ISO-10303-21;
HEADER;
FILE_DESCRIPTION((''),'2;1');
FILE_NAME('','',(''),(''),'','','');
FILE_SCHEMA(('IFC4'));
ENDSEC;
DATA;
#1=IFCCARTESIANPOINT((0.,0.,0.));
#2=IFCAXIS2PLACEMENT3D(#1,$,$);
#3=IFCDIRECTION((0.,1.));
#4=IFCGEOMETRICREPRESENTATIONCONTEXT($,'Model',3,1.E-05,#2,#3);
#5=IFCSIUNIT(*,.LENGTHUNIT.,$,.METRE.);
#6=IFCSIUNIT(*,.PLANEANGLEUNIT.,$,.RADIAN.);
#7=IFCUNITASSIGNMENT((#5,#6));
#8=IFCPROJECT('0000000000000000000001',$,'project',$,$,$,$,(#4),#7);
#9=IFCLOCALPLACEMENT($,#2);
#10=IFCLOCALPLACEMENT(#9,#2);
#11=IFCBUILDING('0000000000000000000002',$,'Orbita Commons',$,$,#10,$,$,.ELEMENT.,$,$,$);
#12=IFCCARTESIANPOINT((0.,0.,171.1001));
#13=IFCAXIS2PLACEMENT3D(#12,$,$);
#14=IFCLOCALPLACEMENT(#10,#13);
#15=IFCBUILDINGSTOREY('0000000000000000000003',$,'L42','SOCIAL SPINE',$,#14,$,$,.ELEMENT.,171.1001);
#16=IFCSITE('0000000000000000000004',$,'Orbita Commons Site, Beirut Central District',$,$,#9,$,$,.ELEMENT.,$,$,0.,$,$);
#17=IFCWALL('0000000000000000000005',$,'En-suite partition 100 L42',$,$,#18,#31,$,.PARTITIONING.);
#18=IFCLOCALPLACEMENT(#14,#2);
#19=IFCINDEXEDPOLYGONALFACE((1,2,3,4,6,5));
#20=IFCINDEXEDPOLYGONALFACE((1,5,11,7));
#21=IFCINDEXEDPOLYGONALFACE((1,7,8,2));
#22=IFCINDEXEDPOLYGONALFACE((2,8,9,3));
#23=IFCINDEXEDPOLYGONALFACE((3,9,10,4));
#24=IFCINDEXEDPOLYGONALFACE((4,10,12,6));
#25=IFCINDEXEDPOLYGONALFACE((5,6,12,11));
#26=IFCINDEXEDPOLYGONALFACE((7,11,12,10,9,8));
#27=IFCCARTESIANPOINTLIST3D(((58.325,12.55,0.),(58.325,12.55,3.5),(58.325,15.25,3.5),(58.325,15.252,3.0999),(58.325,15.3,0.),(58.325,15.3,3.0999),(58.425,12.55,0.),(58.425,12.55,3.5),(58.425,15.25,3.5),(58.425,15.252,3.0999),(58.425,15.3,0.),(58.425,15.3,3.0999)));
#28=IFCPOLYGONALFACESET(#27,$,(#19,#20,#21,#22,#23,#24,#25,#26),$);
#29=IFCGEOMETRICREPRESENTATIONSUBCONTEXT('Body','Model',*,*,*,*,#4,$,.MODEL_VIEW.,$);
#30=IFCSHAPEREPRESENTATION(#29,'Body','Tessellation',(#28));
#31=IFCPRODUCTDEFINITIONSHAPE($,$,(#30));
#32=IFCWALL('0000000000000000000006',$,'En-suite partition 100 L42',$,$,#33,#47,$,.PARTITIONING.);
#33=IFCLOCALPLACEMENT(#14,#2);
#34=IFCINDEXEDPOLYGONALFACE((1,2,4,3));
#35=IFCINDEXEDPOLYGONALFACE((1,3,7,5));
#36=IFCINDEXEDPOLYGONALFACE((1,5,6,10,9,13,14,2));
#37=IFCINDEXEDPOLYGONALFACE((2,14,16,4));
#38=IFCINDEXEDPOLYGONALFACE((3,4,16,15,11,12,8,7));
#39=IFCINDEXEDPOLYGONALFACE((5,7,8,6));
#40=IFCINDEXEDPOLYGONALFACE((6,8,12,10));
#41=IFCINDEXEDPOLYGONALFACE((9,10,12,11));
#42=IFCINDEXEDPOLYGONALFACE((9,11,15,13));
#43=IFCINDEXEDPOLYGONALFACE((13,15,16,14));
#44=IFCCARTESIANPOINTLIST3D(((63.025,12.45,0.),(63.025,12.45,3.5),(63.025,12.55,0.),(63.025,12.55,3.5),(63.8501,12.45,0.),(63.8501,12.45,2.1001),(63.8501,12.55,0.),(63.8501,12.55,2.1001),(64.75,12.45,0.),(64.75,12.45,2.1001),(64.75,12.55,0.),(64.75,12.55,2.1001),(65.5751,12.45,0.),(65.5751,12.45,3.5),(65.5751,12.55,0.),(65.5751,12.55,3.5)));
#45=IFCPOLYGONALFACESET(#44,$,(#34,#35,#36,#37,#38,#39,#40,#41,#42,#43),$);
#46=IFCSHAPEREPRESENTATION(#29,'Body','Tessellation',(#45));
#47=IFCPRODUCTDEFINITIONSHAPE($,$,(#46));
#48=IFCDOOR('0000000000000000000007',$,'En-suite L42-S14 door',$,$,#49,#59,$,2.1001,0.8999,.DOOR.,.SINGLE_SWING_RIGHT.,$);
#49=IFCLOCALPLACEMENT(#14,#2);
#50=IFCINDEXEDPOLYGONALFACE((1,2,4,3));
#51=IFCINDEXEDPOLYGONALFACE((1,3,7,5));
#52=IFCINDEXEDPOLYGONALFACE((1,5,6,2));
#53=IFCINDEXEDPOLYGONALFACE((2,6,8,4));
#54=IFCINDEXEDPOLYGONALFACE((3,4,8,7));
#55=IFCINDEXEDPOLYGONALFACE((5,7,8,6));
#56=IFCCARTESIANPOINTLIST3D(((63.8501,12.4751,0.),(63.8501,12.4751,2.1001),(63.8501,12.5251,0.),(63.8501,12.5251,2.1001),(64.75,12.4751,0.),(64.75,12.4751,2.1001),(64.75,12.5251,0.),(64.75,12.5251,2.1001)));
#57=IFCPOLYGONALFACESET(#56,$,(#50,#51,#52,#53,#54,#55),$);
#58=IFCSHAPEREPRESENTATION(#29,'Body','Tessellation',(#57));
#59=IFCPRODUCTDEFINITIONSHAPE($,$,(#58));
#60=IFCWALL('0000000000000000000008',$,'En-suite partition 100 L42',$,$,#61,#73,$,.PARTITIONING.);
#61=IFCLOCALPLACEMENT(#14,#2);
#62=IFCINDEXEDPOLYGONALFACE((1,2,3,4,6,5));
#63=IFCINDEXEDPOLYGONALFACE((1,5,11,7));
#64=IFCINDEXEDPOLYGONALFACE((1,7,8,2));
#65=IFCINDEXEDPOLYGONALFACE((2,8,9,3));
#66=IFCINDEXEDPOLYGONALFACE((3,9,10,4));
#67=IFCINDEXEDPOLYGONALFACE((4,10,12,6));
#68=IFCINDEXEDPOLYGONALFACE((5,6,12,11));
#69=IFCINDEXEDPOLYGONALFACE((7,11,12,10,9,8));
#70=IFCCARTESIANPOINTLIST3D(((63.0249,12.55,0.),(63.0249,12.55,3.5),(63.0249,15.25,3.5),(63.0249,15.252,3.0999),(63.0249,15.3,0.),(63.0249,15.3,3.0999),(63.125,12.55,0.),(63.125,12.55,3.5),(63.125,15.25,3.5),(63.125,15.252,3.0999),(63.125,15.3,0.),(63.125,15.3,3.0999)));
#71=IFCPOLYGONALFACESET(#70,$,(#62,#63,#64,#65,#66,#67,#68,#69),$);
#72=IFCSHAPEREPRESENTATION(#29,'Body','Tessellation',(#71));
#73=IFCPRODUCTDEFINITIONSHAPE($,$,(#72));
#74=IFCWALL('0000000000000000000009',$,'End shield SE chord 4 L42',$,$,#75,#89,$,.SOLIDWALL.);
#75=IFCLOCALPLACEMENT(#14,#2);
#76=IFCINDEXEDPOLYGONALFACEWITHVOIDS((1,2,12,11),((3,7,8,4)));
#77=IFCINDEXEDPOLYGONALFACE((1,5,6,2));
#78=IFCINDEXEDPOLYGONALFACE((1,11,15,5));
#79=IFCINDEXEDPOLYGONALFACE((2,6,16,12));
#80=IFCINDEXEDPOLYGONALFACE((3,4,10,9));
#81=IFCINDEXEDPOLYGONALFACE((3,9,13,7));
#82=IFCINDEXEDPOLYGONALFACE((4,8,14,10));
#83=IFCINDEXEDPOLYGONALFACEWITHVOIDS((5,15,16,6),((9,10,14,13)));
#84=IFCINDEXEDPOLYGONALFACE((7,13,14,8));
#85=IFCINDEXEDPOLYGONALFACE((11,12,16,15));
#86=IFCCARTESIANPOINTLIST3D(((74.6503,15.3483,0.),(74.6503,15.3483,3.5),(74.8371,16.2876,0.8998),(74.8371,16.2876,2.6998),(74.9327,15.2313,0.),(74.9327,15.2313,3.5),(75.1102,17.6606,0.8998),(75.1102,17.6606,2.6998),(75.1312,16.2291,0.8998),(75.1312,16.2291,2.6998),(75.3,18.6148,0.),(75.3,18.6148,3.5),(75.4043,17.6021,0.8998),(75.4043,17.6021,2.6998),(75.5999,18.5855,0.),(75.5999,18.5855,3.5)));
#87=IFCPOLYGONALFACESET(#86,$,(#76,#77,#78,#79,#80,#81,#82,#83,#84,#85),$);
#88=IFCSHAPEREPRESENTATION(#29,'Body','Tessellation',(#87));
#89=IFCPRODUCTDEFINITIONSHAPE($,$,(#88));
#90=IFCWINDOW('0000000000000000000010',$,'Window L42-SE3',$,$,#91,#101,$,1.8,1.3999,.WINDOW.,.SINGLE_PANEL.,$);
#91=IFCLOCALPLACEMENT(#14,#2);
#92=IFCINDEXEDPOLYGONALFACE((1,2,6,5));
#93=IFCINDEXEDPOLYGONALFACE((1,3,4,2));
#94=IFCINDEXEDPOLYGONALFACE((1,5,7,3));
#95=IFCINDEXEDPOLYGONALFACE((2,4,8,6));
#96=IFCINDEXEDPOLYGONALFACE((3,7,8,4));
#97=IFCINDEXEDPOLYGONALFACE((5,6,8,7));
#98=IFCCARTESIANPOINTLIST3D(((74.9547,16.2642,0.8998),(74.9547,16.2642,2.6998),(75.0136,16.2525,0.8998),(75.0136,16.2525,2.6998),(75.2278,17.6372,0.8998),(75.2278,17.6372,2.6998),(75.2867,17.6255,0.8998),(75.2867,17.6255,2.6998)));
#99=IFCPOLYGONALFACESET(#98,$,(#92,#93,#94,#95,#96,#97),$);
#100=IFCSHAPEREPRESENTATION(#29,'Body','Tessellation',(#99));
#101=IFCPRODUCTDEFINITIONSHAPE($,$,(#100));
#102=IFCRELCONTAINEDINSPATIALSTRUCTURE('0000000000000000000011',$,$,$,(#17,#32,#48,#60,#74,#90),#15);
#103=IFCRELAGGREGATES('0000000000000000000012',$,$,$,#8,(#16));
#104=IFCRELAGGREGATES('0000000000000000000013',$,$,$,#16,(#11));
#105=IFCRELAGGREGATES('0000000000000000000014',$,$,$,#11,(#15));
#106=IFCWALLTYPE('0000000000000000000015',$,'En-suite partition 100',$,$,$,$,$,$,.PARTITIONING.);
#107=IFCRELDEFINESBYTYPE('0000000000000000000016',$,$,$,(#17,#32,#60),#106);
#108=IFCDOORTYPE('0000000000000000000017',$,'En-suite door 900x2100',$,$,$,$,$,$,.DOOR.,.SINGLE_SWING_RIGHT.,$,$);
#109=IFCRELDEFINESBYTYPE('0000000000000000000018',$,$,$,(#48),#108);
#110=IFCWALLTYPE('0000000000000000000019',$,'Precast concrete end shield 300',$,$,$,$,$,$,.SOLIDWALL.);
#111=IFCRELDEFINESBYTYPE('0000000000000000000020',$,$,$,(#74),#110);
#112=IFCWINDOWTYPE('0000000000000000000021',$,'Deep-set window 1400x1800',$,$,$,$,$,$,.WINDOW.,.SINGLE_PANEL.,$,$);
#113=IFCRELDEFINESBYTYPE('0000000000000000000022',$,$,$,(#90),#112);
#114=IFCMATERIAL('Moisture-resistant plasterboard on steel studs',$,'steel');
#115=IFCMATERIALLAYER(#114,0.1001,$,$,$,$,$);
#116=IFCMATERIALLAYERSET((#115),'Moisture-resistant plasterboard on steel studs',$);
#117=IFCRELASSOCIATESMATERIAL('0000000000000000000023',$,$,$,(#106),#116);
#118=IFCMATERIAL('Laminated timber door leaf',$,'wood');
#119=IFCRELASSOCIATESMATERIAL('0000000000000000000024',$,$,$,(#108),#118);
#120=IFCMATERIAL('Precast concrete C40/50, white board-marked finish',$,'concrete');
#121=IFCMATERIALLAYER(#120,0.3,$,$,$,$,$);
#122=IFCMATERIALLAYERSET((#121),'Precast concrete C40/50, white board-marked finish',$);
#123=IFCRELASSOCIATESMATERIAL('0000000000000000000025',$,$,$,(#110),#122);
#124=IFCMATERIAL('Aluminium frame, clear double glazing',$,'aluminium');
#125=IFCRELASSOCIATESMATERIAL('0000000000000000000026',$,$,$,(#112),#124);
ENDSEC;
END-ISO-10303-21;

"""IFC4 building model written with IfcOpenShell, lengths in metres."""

from ifc_helpers import new_model, si_unit, direction, frame, frame_2d, origin, place, context, subcontext, project, spatial, polyline, rectangle, outline, extrude, material, layer, layer_set, type_object, element, fill, save


model = new_model("IFC4")

# Units and contexts
model_context = context("Model", 3, precision=1e-05, world=origin(), true_north=direction((0.0, 1.0)))
body_context = subcontext(model_context, "Body", "Model", "MODEL_VIEW")
ifc_project = project(units=[si_unit("LENGTHUNIT", "METRE"), si_unit("PLANEANGLEUNIT", "RADIAN")], contexts=[model_context])

# Site, building, storey
site_placement = place(None, origin())
site = spatial("IfcSite", under=ifc_project, at=site_placement, Name="Orbita Commons Site, Beirut Central District", CompositionType="ELEMENT", RefElevation=0.0)
building_placement = place(site_placement, origin())
building = spatial("IfcBuilding", under=site, at=building_placement, Name="Orbita Commons", CompositionType="ELEMENT")
storey_placement = place(building_placement, frame((0.0, 0.0, 171.1001)))
storey = spatial("IfcBuildingStorey", under=building, at=storey_placement, Name="L42", Description="SOCIAL SPINE", CompositionType="ELEMENT", Elevation=171.1001)

# Wall
ifc_material_1 = material(Name="Moisture-resistant plasterboard on steel studs", Category="steel")
ifc_layer_1 = layer(ifc_material_1, 0.1001)
ifc_layer_set_1 = layer_set([ifc_layer_1], Name="Moisture-resistant plasterboard on steel studs")
wall_type_1 = type_object("IfcWallType", Name="En-suite partition 100", PredefinedType="PARTITIONING", material=ifc_layer_set_1)
wall_1_placement = place(storey_placement, frame((58.375, 12.55, 0.0), z_axis=(0.0, 0.0, 1.0), x_axis=(0.0, 1.0, 0.0)))
element("IfcWall", 1, at=wall_1_placement, inside=storey, type_object=wall_type_1, Name="En-suite partition 100 L42", PredefinedType="PARTITIONING", context=body_context, shape_type="SweptSolid", body=[
    extrude(outline(polyline([(0.0, 0.0), (2.75, 0.0), (2.75, 3.0999), (2.7019, 3.0999), (2.7, 3.5), (0.0, 3.5), (0.0, 0.0)])), frame((0.0, 0.05, 0.0), z_axis=(0.0, -1.0, 0.0), x_axis=(1.0, 0.0, 0.0)), (0.0, 0.0, 1.0), 0.1001),
])

# Wall, opening, door
wall_2_placement = place(storey_placement, frame((65.575, 12.5, 0.0), z_axis=(0.0, 0.0, 1.0), x_axis=(-1.0, 0.0, 0.0)))
wall_2 = element("IfcWall", 2, at=wall_2_placement, inside=storey, type_object=wall_type_1, Name="En-suite partition 100 L42", PredefinedType="PARTITIONING", context=body_context, shape_type="SweptSolid", body=[
    extrude(rectangle(XDim=2.55, YDim=0.1001, at=frame_2d((1.2749, 0.0))), origin(), (0.0, 0.0, 1.0), 3.5),
])
opening_1_placement = place(wall_2_placement, frame((0.825, 0.0, 0.0)))
opening_1 = element("IfcOpeningElement", 3, at=opening_1_placement, cuts=wall_2, PredefinedType="OPENING", context=body_context, shape_type="SweptSolid", body=[
    extrude(rectangle(XDim=0.8999, YDim=2.1001, at=frame_2d((0.45, 1.05))), frame((0.0, 0.0601, 0.0), z_axis=(0.0, -1.0, 0.0), x_axis=(1.0, 0.0, 0.0)), (0.0, 0.0, 1.0), 0.1201),
])
ifc_material_2 = material(Name="Laminated timber door leaf", Category="wood")
door_type_1 = type_object("IfcDoorType", Name="En-suite door 900x2100", OperationType="SINGLE_SWING_RIGHT", PredefinedType="DOOR", material=ifc_material_2)
door_1_placement = place(opening_1_placement, origin())
door_1 = element("IfcDoor", 4, at=door_1_placement, inside=storey, type_object=door_type_1, Name="En-suite L42-S14 door", OperationType="SINGLE_SWING_RIGHT", OverallHeight=2.1001, OverallWidth=0.8999, PredefinedType="DOOR", context=body_context, shape_type="SweptSolid", body=[
    extrude(rectangle(XDim=0.8999, YDim=2.1001, at=frame_2d((0.45, 1.05))), frame((0.0, 0.0249, 0.0), z_axis=(0.0, -1.0, 0.0), x_axis=(1.0, 0.0, 0.0)), (0.0, 0.0, 1.0), 0.05),
])
fill(opening_1, door_1)

# Wall
wall_3_placement = place(storey_placement, frame((63.075, 12.55, 0.0), z_axis=(0.0, 0.0, 1.0), x_axis=(0.0, 1.0, 0.0)))
element("IfcWall", 5, at=wall_3_placement, inside=storey, type_object=wall_type_1, Name="En-suite partition 100 L42", PredefinedType="PARTITIONING", context=body_context, shape_type="SweptSolid", body=[
    extrude(outline(polyline([(0.0, 0.0), (2.75, 0.0), (2.75, 3.0999), (2.7019, 3.0999), (2.7, 3.5), (0.0, 3.5), (0.0, 0.0)])), frame((0.0, 0.05, 0.0), z_axis=(0.0, -1.0, 0.0), x_axis=(1.0, 0.0, 0.0)), (0.0, 0.0, 1.0), 0.1001),
])

# Wall, opening, window
ifc_material_3 = material(Name="Precast concrete C40/50, white board-marked finish", Category="concrete")
ifc_layer_2 = layer(ifc_material_3, 0.3)
ifc_layer_set_2 = layer_set([ifc_layer_2], Name="Precast concrete C40/50, white board-marked finish")
wall_type_2 = type_object("IfcWallType", Name="Precast concrete end shield 300", PredefinedType="SOLIDWALL", material=ifc_layer_set_2)
wall_4_placement = place(storey_placement, frame((74.7915, 15.2898, 0.0), z_axis=(0.0, 0.0, 1.0), x_axis=(0.195087, 0.980786, 0.0)))
wall_4 = element("IfcWall", 6, at=wall_4_placement, inside=storey, type_object=wall_type_2, Name="End shield SE chord 4 L42", PredefinedType="SOLIDWALL", context=body_context, shape_type="SweptSolid", body=[
    extrude(outline(polyline([(-0.0298, -0.1499), (3.3901, -0.1499), (3.3604, 0.1499), (0.0298, 0.1499), (-0.0298, -0.1499)])), origin(), (0.0, 0.0, 1.0), 3.5),
])
opening_2_placement = place(wall_4_placement, frame((0.9875, 0.0, 0.8999)))
opening_2 = element("IfcOpeningElement", 7, at=opening_2_placement, cuts=wall_4, PredefinedType="OPENING", context=body_context, shape_type="SweptSolid", body=[
    extrude(rectangle(XDim=1.3999, YDim=1.8, at=frame_2d((0.7, 0.8999))), frame((0.0, 0.1599, 0.0), z_axis=(0.0, -1.0, 0.0), x_axis=(1.0, 0.0, 0.0)), (0.0, 0.0, 1.0), 0.3201),
])
ifc_material_4 = material(Name="Aluminium frame, clear double glazing", Category="aluminium")
window_type = type_object("IfcWindowType", Name="Deep-set window 1400x1800", PartitioningType="SINGLE_PANEL", PredefinedType="WINDOW", material=ifc_material_4)
window_placement = place(opening_2_placement, origin())
window = element("IfcWindow", 8, at=window_placement, inside=storey, type_object=window_type, Name="Window L42-SE3", OverallHeight=1.8, OverallWidth=1.3999, PartitioningType="SINGLE_PANEL", PredefinedType="WINDOW", context=body_context, shape_type="SweptSolid", body=[
    extrude(rectangle(XDim=1.3999, YDim=1.8, at=frame_2d((0.7, 0.8999))), frame((0.0, 0.03, 0.0), z_axis=(0.0, -1.0, 0.0), x_axis=(1.0, 0.0, 0.0)), (0.0, 0.0, 1.0), 0.0601),
])
fill(opening_2, window)

save(model, "model.ifc")
